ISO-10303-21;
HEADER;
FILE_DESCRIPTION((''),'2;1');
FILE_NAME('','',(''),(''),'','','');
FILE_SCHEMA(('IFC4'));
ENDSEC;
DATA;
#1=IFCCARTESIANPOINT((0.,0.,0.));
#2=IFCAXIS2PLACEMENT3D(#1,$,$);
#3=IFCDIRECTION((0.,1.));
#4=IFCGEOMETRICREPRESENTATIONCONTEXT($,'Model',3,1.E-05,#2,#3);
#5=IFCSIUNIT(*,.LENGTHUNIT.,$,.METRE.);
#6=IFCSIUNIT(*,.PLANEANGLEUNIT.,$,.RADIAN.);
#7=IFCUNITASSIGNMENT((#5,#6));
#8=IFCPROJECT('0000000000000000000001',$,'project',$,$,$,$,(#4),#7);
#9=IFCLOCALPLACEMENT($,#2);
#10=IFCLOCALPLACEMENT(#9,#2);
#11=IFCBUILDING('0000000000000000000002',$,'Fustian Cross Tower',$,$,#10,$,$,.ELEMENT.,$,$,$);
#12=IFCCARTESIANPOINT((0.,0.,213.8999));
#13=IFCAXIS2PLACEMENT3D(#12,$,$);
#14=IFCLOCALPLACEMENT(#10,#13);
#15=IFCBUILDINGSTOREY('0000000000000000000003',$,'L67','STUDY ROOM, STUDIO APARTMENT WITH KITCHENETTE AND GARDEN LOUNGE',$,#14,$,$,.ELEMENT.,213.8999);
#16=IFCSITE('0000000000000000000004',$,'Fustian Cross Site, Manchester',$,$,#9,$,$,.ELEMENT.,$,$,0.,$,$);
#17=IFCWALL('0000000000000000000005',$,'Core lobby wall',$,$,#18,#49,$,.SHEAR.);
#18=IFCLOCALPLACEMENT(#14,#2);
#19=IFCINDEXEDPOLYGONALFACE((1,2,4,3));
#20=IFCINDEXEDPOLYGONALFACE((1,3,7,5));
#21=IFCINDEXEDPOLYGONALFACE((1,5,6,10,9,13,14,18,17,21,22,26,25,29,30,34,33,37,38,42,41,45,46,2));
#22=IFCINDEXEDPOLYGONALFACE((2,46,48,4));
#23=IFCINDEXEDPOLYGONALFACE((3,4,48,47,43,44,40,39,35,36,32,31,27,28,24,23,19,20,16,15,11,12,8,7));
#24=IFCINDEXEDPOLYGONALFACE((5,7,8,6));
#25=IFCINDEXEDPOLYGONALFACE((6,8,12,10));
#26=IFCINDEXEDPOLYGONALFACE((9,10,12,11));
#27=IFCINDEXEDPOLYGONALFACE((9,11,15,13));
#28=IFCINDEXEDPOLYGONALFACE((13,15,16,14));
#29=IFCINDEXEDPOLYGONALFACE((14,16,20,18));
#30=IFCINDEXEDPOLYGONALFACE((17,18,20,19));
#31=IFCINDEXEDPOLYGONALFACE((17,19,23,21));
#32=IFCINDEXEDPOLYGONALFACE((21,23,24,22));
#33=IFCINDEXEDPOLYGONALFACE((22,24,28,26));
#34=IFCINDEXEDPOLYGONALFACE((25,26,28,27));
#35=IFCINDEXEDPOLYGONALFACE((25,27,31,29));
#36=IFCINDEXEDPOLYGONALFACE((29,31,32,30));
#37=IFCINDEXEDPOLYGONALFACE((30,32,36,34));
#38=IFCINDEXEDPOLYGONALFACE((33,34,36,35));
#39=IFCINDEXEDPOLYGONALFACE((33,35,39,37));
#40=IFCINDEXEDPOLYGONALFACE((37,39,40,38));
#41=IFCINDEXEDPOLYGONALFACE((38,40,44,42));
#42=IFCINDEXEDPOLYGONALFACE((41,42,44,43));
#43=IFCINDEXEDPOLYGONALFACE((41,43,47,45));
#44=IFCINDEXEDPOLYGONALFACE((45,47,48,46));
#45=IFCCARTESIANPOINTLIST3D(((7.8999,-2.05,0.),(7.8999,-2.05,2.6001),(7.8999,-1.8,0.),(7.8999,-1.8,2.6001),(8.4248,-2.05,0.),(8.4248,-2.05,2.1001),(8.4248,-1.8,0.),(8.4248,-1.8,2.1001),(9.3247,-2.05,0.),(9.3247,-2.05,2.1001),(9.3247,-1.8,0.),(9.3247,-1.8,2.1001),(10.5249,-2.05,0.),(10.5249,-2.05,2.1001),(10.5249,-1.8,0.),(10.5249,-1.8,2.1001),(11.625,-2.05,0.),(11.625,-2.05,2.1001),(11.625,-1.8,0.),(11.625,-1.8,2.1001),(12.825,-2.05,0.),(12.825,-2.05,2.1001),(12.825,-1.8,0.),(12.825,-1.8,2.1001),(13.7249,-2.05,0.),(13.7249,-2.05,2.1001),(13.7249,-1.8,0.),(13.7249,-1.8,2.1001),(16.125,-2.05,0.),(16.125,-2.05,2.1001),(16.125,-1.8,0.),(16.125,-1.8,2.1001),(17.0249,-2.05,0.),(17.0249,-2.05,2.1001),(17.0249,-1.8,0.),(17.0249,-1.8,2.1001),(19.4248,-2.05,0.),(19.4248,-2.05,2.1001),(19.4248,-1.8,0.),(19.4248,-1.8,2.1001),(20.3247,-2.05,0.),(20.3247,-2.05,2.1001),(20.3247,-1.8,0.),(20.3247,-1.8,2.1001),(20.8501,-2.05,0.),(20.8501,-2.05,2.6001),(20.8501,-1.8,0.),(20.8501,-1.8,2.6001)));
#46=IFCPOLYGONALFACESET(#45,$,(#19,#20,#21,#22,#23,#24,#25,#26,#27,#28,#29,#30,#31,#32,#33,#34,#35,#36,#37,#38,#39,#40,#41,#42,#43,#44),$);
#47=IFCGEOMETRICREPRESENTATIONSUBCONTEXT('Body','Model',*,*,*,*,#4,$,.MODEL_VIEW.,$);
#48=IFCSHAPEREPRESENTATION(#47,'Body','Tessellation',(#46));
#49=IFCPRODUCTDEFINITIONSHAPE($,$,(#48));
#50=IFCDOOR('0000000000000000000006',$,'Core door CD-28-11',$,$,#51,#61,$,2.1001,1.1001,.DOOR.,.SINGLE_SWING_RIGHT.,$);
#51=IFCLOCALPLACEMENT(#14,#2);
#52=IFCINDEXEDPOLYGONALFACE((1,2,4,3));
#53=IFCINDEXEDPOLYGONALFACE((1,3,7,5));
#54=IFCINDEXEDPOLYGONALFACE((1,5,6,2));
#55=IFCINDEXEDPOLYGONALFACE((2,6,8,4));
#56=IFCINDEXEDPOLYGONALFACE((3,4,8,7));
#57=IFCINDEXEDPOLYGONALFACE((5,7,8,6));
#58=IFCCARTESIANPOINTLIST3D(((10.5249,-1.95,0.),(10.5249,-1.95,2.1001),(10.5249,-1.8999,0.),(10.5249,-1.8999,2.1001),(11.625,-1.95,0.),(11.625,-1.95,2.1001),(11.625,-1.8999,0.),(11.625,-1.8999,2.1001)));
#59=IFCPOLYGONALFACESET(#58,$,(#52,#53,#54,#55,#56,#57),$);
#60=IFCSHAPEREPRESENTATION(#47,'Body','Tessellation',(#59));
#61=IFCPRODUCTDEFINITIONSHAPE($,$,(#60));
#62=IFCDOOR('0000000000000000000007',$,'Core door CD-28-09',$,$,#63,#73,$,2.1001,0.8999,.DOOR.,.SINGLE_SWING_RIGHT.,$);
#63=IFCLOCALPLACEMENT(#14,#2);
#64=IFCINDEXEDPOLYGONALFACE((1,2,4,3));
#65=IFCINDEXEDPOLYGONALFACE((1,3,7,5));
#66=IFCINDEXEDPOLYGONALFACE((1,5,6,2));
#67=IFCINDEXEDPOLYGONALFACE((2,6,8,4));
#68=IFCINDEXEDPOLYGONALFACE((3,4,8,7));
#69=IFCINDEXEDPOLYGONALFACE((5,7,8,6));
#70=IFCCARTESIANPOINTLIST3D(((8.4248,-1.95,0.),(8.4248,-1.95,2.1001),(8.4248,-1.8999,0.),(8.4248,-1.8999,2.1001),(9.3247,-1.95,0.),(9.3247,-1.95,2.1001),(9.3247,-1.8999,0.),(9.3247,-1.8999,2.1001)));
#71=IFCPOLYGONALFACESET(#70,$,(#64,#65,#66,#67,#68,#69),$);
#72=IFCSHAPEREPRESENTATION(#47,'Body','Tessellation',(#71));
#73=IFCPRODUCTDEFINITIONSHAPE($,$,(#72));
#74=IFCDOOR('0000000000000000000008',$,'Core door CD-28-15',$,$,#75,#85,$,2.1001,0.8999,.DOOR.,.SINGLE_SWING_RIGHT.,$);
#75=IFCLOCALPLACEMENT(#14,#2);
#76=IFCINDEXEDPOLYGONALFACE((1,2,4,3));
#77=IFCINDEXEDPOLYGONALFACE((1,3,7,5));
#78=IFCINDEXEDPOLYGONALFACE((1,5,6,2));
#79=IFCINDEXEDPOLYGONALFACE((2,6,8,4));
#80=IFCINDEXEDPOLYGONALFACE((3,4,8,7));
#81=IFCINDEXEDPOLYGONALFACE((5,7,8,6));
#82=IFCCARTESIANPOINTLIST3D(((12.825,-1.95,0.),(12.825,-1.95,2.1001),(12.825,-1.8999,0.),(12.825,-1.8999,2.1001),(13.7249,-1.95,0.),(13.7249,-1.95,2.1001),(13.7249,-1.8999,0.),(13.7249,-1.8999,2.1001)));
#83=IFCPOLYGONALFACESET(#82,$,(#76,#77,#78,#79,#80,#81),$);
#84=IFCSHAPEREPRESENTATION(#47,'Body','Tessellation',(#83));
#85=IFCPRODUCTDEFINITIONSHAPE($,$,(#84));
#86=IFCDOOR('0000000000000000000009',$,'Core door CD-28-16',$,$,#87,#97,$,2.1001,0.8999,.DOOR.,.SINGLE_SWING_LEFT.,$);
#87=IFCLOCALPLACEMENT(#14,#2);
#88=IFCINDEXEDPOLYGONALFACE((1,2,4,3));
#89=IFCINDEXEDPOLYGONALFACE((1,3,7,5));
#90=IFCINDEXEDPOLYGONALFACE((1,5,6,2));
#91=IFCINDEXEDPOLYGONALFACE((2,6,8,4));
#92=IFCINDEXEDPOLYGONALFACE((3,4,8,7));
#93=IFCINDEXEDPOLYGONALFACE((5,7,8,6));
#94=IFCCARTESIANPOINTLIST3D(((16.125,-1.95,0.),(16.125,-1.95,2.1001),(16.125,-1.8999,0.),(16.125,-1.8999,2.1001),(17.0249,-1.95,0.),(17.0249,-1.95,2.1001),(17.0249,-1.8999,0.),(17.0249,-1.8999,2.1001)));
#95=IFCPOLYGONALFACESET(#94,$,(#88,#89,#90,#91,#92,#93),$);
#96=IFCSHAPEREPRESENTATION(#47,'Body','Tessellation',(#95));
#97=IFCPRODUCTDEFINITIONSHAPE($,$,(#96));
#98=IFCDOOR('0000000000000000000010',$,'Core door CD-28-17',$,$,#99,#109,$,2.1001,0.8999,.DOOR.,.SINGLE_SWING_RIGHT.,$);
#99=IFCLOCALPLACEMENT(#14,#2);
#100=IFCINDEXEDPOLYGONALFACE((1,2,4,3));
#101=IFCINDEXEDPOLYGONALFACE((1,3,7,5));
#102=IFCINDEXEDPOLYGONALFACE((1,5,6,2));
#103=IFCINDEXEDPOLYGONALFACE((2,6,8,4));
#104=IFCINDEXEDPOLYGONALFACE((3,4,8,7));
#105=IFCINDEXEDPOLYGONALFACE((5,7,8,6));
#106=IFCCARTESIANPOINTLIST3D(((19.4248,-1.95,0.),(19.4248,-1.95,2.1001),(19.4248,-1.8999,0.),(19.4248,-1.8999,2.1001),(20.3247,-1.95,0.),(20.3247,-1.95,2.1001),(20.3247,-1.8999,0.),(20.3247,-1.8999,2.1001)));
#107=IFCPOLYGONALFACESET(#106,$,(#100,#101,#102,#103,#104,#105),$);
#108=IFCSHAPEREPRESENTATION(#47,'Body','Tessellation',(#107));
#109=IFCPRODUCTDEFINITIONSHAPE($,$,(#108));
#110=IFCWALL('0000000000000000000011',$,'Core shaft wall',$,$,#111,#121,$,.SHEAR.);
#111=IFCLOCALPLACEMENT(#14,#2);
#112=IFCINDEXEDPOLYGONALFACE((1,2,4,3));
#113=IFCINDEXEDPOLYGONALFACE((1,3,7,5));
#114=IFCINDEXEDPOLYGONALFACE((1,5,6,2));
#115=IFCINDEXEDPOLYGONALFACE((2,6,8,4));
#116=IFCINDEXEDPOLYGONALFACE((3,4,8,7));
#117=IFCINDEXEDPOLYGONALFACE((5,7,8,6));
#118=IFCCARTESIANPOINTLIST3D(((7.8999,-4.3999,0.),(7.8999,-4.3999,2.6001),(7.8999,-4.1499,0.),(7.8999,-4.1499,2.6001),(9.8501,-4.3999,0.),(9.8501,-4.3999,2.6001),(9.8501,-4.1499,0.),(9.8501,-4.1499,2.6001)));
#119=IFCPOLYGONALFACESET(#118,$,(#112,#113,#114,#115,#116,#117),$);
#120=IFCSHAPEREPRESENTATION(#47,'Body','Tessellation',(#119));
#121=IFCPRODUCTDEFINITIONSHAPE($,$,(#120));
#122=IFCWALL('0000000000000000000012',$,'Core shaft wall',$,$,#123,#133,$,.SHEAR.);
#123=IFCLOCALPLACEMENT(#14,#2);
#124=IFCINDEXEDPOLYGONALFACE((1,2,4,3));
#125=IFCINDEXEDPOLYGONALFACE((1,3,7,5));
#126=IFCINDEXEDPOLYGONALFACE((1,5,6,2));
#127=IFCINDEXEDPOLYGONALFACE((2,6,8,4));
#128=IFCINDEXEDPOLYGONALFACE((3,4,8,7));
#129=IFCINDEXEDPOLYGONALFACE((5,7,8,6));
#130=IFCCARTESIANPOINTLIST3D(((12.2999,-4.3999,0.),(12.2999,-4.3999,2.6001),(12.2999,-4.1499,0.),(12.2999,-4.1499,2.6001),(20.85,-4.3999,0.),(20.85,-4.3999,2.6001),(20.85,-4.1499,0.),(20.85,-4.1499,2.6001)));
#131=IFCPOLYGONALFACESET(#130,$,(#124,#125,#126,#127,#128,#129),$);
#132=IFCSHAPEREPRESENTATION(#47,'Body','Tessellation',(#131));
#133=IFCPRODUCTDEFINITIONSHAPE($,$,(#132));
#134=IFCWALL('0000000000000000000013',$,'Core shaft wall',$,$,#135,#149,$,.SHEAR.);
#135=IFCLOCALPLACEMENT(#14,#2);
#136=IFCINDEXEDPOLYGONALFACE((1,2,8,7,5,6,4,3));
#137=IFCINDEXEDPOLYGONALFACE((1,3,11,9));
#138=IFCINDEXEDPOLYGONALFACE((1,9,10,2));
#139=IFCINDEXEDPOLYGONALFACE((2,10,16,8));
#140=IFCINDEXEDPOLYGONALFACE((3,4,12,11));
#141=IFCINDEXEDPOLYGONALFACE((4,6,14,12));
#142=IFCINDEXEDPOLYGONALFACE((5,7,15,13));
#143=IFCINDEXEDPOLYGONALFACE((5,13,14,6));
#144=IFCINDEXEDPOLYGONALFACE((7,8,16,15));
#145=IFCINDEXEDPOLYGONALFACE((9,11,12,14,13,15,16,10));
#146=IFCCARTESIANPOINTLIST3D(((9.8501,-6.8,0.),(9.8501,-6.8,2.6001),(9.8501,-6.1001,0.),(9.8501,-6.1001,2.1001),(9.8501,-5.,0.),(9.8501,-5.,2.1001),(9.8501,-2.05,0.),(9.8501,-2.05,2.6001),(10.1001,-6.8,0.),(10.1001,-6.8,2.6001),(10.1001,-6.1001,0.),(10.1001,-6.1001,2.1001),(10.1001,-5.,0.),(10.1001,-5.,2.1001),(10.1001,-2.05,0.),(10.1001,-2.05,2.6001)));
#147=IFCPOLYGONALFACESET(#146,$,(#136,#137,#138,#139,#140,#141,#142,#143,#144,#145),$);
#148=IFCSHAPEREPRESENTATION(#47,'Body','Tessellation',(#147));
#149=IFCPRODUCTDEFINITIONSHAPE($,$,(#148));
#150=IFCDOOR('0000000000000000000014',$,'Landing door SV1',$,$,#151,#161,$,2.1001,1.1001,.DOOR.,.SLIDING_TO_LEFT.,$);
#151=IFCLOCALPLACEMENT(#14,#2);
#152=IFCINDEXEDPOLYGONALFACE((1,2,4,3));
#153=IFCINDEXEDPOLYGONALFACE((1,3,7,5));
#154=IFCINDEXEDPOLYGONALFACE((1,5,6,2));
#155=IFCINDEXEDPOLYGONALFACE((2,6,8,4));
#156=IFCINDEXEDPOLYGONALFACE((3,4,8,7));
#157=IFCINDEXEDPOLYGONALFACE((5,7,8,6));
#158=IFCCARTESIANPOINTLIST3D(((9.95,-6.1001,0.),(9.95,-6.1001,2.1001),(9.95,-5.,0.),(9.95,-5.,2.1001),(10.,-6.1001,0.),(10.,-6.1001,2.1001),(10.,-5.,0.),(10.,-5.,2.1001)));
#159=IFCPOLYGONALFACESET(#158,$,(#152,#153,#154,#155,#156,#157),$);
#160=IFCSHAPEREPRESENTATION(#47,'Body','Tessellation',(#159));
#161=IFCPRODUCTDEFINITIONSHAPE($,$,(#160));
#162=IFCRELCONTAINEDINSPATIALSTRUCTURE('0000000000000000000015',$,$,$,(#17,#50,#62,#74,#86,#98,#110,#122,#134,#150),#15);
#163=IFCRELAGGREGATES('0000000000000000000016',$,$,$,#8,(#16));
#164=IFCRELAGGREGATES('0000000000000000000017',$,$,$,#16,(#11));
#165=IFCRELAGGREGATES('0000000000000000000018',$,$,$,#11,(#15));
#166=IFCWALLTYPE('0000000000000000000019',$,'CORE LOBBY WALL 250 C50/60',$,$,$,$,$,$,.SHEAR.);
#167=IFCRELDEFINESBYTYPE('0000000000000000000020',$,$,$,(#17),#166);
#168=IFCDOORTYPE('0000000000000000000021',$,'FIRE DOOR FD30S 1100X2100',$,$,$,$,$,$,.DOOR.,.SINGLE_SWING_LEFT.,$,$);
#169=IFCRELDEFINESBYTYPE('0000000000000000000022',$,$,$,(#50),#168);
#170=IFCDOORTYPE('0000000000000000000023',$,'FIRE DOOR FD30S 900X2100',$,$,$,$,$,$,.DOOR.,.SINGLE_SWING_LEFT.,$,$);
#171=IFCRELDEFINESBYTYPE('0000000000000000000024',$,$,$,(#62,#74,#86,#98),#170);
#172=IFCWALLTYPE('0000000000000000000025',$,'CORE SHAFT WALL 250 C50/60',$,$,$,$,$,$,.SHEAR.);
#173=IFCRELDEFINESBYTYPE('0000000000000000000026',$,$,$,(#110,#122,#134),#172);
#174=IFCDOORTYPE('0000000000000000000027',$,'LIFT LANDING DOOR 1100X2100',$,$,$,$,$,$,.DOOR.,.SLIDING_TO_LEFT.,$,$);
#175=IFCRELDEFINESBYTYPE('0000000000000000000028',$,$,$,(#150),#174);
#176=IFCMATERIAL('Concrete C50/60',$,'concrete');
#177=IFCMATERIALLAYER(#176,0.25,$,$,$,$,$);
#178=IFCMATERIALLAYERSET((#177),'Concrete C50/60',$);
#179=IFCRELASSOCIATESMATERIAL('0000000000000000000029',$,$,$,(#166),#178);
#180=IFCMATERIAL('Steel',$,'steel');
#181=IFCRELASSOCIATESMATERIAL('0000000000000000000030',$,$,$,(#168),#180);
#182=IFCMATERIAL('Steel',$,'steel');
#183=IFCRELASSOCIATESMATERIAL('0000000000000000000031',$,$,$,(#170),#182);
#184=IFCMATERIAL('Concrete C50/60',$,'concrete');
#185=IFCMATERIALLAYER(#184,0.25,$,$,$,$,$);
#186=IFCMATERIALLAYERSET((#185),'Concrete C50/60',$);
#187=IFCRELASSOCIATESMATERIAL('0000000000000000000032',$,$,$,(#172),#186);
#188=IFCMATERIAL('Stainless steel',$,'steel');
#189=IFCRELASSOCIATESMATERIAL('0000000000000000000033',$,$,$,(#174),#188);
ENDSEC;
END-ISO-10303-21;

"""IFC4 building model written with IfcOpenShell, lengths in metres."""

from ifc_helpers import new_model, si_unit, direction, frame, frame_2d, origin, place, context, subcontext, project, spatial, rectangle, extrude, material, layer, layer_set, type_object, element, fill, save


model = new_model("IFC4")

# Units and contexts
model_context = context("Model", 3, precision=1e-05, world=origin(), true_north=direction((0.0, 1.0)))
body_context = subcontext(model_context, "Body", "Model", "MODEL_VIEW")
ifc_project = project(units=[si_unit("LENGTHUNIT", "METRE"), si_unit("PLANEANGLEUNIT", "RADIAN")], contexts=[model_context])

# Site, building, storey
site_placement = place(None, origin())
site = spatial("IfcSite", under=ifc_project, at=site_placement, Name="Fustian Cross Site, Manchester", CompositionType="ELEMENT", RefElevation=0.0)
building_placement = place(site_placement, origin())
building = spatial("IfcBuilding", under=site, at=building_placement, Name="Fustian Cross Tower", CompositionType="ELEMENT")
storey_placement = place(building_placement, frame((0.0, 0.0, 213.8999)))
storey = spatial("IfcBuildingStorey", under=building, at=storey_placement, Name="L67", Description="STUDY ROOM, STUDIO APARTMENT WITH KITCHENETTE AND GARDEN LOUNGE", CompositionType="ELEMENT", Elevation=213.8999)

# Wall, openings, doors
ifc_material_1 = material(Name="Concrete C50/60", Category="concrete")
ifc_layer_1 = layer(ifc_material_1, 0.25)
ifc_layer_set_1 = layer_set([ifc_layer_1], Name="Concrete C50/60")
wall_type_1 = type_object("IfcWallType", Name="CORE LOBBY WALL 250 C50/60", PredefinedType="SHEAR", material=ifc_layer_set_1)
wall_1_placement = place(storey_placement, frame((7.8999, -1.925, 0.0), z_axis=(0.0, 0.0, 1.0), x_axis=(1.0, 0.0, 0.0)))
wall_1 = element("IfcWall", 1, at=wall_1_placement, inside=storey, type_object=wall_type_1, Name="Core lobby wall", PredefinedType="SHEAR", context=body_context, shape_type="SweptSolid", body=[
    extrude(rectangle(XDim=12.9502, YDim=0.25, at=frame_2d((6.4751, 0.0))), origin(), (0.0, 0.0, 1.0), 2.6001),
])
opening_1_placement = place(wall_1_placement, frame((0.5249, 0.0, 0.0)))
opening_1 = element("IfcOpeningElement", 2, at=opening_1_placement, cuts=wall_1, PredefinedType="OPENING", context=body_context, shape_type="SweptSolid", body=[
    extrude(rectangle(XDim=0.8999, YDim=2.1001, at=frame_2d((0.45, 1.05))), frame((0.0, 0.135, 0.0), z_axis=(0.0, -1.0, 0.0), x_axis=(1.0, 0.0, 0.0)), (0.0, 0.0, 1.0), 0.27),
])
opening_2_placement = place(wall_1_placement, frame((2.625, 0.0, 0.0)))
opening_2 = element("IfcOpeningElement", 3, at=opening_2_placement, cuts=wall_1, PredefinedType="OPENING", context=body_context, shape_type="SweptSolid", body=[
    extrude(rectangle(XDim=1.1001, YDim=2.1001, at=frame_2d((0.55, 1.05))), frame((0.0, 0.135, 0.0), z_axis=(0.0, -1.0, 0.0), x_axis=(1.0, 0.0, 0.0)), (0.0, 0.0, 1.0), 0.27),
])
opening_3_placement = place(wall_1_placement, frame((4.925, 0.0, 0.0)))
opening_3 = element("IfcOpeningElement", 4, at=opening_3_placement, cuts=wall_1, PredefinedType="OPENING", context=body_context, shape_type="SweptSolid", body=[
    extrude(rectangle(XDim=0.8999, YDim=2.1001, at=frame_2d((0.45, 1.05))), frame((0.0, 0.135, 0.0), z_axis=(0.0, -1.0, 0.0), x_axis=(1.0, 0.0, 0.0)), (0.0, 0.0, 1.0), 0.27),
])
opening_4_placement = place(wall_1_placement, frame((8.2251, 0.0, 0.0)))
opening_4 = element("IfcOpeningElement", 5, at=opening_4_placement, cuts=wall_1, PredefinedType="OPENING", context=body_context, shape_type="SweptSolid", body=[
    extrude(rectangle(XDim=0.8999, YDim=2.1001, at=frame_2d((0.45, 1.05))), frame((0.0, 0.135, 0.0), z_axis=(0.0, -1.0, 0.0), x_axis=(1.0, 0.0, 0.0)), (0.0, 0.0, 1.0), 0.27),
])
opening_5_placement = place(wall_1_placement, frame((11.5249, 0.0, 0.0)))
opening_5 = element("IfcOpeningElement", 6, at=opening_5_placement, cuts=wall_1, PredefinedType="OPENING", context=body_context, shape_type="SweptSolid", body=[
    extrude(rectangle(XDim=0.8999, YDim=2.1001, at=frame_2d((0.45, 1.05))), frame((0.0, 0.135, 0.0), z_axis=(0.0, -1.0, 0.0), x_axis=(1.0, 0.0, 0.0)), (0.0, 0.0, 1.0), 0.27),
])
ifc_material_2 = material(Name="Steel", Category="steel")
door_type_1 = type_object("IfcDoorType", Name="FIRE DOOR FD30S 1100X2100", OperationType="SINGLE_SWING_LEFT", PredefinedType="DOOR", material=ifc_material_2)
door_1_placement = place(opening_2_placement, frame((1.1001, 0.0, 0.0), z_axis=(0.0, 0.0, 1.0), x_axis=(-1.0, 0.0, 0.0)))
door_1 = element("IfcDoor", 7, at=door_1_placement, inside=storey, type_object=door_type_1, Name="Core door CD-28-11", OperationType="SINGLE_SWING_RIGHT", OverallHeight=2.1001, OverallWidth=1.1001, PredefinedType="DOOR", context=body_context, shape_type="SweptSolid", body=[
    extrude(rectangle(XDim=1.1001, YDim=2.1001, at=frame_2d((0.55, 1.05))), frame((0.0, 0.0249, 0.0), z_axis=(0.0, -1.0, 0.0), x_axis=(1.0, 0.0, 0.0)), (0.0, 0.0, 1.0), 0.05),
])
fill(opening_2, door_1)
ifc_material_3 = material(Name="Steel", Category="steel")
door_type_2 = type_object("IfcDoorType", Name="FIRE DOOR FD30S 900X2100", OperationType="SINGLE_SWING_LEFT", PredefinedType="DOOR", material=ifc_material_3)
door_2_placement = place(opening_1_placement, frame((0.8999, 0.0, 0.0), z_axis=(0.0, 0.0, 1.0), x_axis=(-1.0, 0.0, 0.0)))
door_2 = element("IfcDoor", 8, at=door_2_placement, inside=storey, type_object=door_type_2, Name="Core door CD-28-09", OperationType="SINGLE_SWING_RIGHT", OverallHeight=2.1001, OverallWidth=0.8999, PredefinedType="DOOR", context=body_context, shape_type="SweptSolid", body=[
    extrude(rectangle(XDim=0.8999, YDim=2.1001, at=frame_2d((0.45, 1.05))), frame((0.0, 0.0249, 0.0), z_axis=(0.0, -1.0, 0.0), x_axis=(1.0, 0.0, 0.0)), (0.0, 0.0, 1.0), 0.05),
])
fill(opening_1, door_2)
door_3_placement = place(opening_3_placement, frame((0.8999, 0.0, 0.0), z_axis=(0.0, 0.0, 1.0), x_axis=(-1.0, 0.0, 0.0)))
door_3 = element("IfcDoor", 9, at=door_3_placement, inside=storey, type_object=door_type_2, Name="Core door CD-28-15", OperationType="SINGLE_SWING_RIGHT", OverallHeight=2.1001, OverallWidth=0.8999, PredefinedType="DOOR", context=body_context, shape_type="SweptSolid", body=[
    extrude(rectangle(XDim=0.8999, YDim=2.1001, at=frame_2d((0.45, 1.05))), frame((0.0, 0.0249, 0.0), z_axis=(0.0, -1.0, 0.0), x_axis=(1.0, 0.0, 0.0)), (0.0, 0.0, 1.0), 0.05),
])
fill(opening_3, door_3)
door_4_placement = place(opening_4_placement, frame((0.8999, 0.0, 0.0), z_axis=(0.0, 0.0, 1.0), x_axis=(-1.0, 0.0, 0.0)))
door_4 = element("IfcDoor", 10, at=door_4_placement, inside=storey, type_object=door_type_2, Name="Core door CD-28-16", OperationType="SINGLE_SWING_LEFT", OverallHeight=2.1001, OverallWidth=0.8999, PredefinedType="DOOR", context=body_context, shape_type="SweptSolid", body=[
    extrude(rectangle(XDim=0.8999, YDim=2.1001, at=frame_2d((0.45, 1.05))), frame((0.0, 0.0249, 0.0), z_axis=(0.0, -1.0, 0.0), x_axis=(1.0, 0.0, 0.0)), (0.0, 0.0, 1.0), 0.05),
])
fill(opening_4, door_4)
door_5_placement = place(opening_5_placement, frame((0.8999, 0.0, 0.0), z_axis=(0.0, 0.0, 1.0), x_axis=(-1.0, 0.0, 0.0)))
door_5 = element("IfcDoor", 11, at=door_5_placement, inside=storey, type_object=door_type_2, Name="Core door CD-28-17", OperationType="SINGLE_SWING_RIGHT", OverallHeight=2.1001, OverallWidth=0.8999, PredefinedType="DOOR", context=body_context, shape_type="SweptSolid", body=[
    extrude(rectangle(XDim=0.8999, YDim=2.1001, at=frame_2d((0.45, 1.05))), frame((0.0, 0.0249, 0.0), z_axis=(0.0, -1.0, 0.0), x_axis=(1.0, 0.0, 0.0)), (0.0, 0.0, 1.0), 0.05),
])
fill(opening_5, door_5)

# Walls
ifc_material_4 = material(Name="Concrete C50/60", Category="concrete")
ifc_layer_2 = layer(ifc_material_4, 0.25)
ifc_layer_set_2 = layer_set([ifc_layer_2], Name="Concrete C50/60")
wall_type_2 = type_object("IfcWallType", Name="CORE SHAFT WALL 250 C50/60", PredefinedType="SHEAR", material=ifc_layer_set_2)
wall_2_placement = place(storey_placement, frame((7.8999, -4.2749, 0.0), z_axis=(0.0, 0.0, 1.0), x_axis=(1.0, 0.0, 0.0)))
element("IfcWall", 12, at=wall_2_placement, inside=storey, type_object=wall_type_2, Name="Core shaft wall", PredefinedType="SHEAR", context=body_context, shape_type="SweptSolid", body=[
    extrude(rectangle(XDim=1.9502, YDim=0.25, at=frame_2d((0.9751, 0.0))), origin(), (0.0, 0.0, 1.0), 2.6001),
])
wall_3_placement = place(storey_placement, frame((12.3, -4.2749, 0.0), z_axis=(0.0, 0.0, 1.0), x_axis=(1.0, 0.0, 0.0)))
element("IfcWall", 13, at=wall_3_placement, inside=storey, type_object=wall_type_2, Name="Core shaft wall", PredefinedType="SHEAR", context=body_context, shape_type="SweptSolid", body=[
    extrude(rectangle(XDim=8.55, YDim=0.25, at=frame_2d((4.2749, 0.0))), origin(), (0.0, 0.0, 1.0), 2.6001),
])

# Wall, opening, door
wall_4_placement = place(storey_placement, frame((9.9751, -2.05, 0.0), z_axis=(0.0, 0.0, 1.0), x_axis=(0.0, -1.0, 0.0)))
wall_4 = element("IfcWall", 14, at=wall_4_placement, inside=storey, type_object=wall_type_2, Name="Core shaft wall", PredefinedType="SHEAR", context=body_context, shape_type="SweptSolid", body=[
    extrude(rectangle(XDim=4.75, YDim=0.25, at=frame_2d((2.375, 0.0))), origin(), (0.0, 0.0, 1.0), 2.6001),
])
opening_6_placement = place(wall_4_placement, frame((2.95, 0.0, 0.0)))
opening_6 = element("IfcOpeningElement", 15, at=opening_6_placement, cuts=wall_4, PredefinedType="OPENING", context=body_context, shape_type="SweptSolid", body=[
    extrude(rectangle(XDim=1.1001, YDim=2.1001, at=frame_2d((0.55, 1.05))), frame((0.0, 0.135, 0.0), z_axis=(0.0, -1.0, 0.0), x_axis=(1.0, 0.0, 0.0)), (0.0, 0.0, 1.0), 0.27),
])
ifc_material_5 = material(Name="Stainless steel", Category="steel")
door_type_3 = type_object("IfcDoorType", Name="LIFT LANDING DOOR 1100X2100", OperationType="SLIDING_TO_LEFT", PredefinedType="DOOR", material=ifc_material_5)
door_6_placement = place(opening_6_placement, origin())
door_6 = element("IfcDoor", 16, at=door_6_placement, inside=storey, type_object=door_type_3, Name="Landing door SV1", OperationType="SLIDING_TO_LEFT", OverallHeight=2.1001, OverallWidth=1.1001, PredefinedType="DOOR", context=body_context, shape_type="SweptSolid", body=[
    extrude(rectangle(XDim=1.1001, YDim=2.1001, at=frame_2d((0.55, 1.05))), frame((0.0, 0.0249, 0.0), z_axis=(0.0, -1.0, 0.0), x_axis=(1.0, 0.0, 0.0)), (0.0, 0.0, 1.0), 0.05),
])
fill(opening_6, door_6)

save(model, "model.ifc")
